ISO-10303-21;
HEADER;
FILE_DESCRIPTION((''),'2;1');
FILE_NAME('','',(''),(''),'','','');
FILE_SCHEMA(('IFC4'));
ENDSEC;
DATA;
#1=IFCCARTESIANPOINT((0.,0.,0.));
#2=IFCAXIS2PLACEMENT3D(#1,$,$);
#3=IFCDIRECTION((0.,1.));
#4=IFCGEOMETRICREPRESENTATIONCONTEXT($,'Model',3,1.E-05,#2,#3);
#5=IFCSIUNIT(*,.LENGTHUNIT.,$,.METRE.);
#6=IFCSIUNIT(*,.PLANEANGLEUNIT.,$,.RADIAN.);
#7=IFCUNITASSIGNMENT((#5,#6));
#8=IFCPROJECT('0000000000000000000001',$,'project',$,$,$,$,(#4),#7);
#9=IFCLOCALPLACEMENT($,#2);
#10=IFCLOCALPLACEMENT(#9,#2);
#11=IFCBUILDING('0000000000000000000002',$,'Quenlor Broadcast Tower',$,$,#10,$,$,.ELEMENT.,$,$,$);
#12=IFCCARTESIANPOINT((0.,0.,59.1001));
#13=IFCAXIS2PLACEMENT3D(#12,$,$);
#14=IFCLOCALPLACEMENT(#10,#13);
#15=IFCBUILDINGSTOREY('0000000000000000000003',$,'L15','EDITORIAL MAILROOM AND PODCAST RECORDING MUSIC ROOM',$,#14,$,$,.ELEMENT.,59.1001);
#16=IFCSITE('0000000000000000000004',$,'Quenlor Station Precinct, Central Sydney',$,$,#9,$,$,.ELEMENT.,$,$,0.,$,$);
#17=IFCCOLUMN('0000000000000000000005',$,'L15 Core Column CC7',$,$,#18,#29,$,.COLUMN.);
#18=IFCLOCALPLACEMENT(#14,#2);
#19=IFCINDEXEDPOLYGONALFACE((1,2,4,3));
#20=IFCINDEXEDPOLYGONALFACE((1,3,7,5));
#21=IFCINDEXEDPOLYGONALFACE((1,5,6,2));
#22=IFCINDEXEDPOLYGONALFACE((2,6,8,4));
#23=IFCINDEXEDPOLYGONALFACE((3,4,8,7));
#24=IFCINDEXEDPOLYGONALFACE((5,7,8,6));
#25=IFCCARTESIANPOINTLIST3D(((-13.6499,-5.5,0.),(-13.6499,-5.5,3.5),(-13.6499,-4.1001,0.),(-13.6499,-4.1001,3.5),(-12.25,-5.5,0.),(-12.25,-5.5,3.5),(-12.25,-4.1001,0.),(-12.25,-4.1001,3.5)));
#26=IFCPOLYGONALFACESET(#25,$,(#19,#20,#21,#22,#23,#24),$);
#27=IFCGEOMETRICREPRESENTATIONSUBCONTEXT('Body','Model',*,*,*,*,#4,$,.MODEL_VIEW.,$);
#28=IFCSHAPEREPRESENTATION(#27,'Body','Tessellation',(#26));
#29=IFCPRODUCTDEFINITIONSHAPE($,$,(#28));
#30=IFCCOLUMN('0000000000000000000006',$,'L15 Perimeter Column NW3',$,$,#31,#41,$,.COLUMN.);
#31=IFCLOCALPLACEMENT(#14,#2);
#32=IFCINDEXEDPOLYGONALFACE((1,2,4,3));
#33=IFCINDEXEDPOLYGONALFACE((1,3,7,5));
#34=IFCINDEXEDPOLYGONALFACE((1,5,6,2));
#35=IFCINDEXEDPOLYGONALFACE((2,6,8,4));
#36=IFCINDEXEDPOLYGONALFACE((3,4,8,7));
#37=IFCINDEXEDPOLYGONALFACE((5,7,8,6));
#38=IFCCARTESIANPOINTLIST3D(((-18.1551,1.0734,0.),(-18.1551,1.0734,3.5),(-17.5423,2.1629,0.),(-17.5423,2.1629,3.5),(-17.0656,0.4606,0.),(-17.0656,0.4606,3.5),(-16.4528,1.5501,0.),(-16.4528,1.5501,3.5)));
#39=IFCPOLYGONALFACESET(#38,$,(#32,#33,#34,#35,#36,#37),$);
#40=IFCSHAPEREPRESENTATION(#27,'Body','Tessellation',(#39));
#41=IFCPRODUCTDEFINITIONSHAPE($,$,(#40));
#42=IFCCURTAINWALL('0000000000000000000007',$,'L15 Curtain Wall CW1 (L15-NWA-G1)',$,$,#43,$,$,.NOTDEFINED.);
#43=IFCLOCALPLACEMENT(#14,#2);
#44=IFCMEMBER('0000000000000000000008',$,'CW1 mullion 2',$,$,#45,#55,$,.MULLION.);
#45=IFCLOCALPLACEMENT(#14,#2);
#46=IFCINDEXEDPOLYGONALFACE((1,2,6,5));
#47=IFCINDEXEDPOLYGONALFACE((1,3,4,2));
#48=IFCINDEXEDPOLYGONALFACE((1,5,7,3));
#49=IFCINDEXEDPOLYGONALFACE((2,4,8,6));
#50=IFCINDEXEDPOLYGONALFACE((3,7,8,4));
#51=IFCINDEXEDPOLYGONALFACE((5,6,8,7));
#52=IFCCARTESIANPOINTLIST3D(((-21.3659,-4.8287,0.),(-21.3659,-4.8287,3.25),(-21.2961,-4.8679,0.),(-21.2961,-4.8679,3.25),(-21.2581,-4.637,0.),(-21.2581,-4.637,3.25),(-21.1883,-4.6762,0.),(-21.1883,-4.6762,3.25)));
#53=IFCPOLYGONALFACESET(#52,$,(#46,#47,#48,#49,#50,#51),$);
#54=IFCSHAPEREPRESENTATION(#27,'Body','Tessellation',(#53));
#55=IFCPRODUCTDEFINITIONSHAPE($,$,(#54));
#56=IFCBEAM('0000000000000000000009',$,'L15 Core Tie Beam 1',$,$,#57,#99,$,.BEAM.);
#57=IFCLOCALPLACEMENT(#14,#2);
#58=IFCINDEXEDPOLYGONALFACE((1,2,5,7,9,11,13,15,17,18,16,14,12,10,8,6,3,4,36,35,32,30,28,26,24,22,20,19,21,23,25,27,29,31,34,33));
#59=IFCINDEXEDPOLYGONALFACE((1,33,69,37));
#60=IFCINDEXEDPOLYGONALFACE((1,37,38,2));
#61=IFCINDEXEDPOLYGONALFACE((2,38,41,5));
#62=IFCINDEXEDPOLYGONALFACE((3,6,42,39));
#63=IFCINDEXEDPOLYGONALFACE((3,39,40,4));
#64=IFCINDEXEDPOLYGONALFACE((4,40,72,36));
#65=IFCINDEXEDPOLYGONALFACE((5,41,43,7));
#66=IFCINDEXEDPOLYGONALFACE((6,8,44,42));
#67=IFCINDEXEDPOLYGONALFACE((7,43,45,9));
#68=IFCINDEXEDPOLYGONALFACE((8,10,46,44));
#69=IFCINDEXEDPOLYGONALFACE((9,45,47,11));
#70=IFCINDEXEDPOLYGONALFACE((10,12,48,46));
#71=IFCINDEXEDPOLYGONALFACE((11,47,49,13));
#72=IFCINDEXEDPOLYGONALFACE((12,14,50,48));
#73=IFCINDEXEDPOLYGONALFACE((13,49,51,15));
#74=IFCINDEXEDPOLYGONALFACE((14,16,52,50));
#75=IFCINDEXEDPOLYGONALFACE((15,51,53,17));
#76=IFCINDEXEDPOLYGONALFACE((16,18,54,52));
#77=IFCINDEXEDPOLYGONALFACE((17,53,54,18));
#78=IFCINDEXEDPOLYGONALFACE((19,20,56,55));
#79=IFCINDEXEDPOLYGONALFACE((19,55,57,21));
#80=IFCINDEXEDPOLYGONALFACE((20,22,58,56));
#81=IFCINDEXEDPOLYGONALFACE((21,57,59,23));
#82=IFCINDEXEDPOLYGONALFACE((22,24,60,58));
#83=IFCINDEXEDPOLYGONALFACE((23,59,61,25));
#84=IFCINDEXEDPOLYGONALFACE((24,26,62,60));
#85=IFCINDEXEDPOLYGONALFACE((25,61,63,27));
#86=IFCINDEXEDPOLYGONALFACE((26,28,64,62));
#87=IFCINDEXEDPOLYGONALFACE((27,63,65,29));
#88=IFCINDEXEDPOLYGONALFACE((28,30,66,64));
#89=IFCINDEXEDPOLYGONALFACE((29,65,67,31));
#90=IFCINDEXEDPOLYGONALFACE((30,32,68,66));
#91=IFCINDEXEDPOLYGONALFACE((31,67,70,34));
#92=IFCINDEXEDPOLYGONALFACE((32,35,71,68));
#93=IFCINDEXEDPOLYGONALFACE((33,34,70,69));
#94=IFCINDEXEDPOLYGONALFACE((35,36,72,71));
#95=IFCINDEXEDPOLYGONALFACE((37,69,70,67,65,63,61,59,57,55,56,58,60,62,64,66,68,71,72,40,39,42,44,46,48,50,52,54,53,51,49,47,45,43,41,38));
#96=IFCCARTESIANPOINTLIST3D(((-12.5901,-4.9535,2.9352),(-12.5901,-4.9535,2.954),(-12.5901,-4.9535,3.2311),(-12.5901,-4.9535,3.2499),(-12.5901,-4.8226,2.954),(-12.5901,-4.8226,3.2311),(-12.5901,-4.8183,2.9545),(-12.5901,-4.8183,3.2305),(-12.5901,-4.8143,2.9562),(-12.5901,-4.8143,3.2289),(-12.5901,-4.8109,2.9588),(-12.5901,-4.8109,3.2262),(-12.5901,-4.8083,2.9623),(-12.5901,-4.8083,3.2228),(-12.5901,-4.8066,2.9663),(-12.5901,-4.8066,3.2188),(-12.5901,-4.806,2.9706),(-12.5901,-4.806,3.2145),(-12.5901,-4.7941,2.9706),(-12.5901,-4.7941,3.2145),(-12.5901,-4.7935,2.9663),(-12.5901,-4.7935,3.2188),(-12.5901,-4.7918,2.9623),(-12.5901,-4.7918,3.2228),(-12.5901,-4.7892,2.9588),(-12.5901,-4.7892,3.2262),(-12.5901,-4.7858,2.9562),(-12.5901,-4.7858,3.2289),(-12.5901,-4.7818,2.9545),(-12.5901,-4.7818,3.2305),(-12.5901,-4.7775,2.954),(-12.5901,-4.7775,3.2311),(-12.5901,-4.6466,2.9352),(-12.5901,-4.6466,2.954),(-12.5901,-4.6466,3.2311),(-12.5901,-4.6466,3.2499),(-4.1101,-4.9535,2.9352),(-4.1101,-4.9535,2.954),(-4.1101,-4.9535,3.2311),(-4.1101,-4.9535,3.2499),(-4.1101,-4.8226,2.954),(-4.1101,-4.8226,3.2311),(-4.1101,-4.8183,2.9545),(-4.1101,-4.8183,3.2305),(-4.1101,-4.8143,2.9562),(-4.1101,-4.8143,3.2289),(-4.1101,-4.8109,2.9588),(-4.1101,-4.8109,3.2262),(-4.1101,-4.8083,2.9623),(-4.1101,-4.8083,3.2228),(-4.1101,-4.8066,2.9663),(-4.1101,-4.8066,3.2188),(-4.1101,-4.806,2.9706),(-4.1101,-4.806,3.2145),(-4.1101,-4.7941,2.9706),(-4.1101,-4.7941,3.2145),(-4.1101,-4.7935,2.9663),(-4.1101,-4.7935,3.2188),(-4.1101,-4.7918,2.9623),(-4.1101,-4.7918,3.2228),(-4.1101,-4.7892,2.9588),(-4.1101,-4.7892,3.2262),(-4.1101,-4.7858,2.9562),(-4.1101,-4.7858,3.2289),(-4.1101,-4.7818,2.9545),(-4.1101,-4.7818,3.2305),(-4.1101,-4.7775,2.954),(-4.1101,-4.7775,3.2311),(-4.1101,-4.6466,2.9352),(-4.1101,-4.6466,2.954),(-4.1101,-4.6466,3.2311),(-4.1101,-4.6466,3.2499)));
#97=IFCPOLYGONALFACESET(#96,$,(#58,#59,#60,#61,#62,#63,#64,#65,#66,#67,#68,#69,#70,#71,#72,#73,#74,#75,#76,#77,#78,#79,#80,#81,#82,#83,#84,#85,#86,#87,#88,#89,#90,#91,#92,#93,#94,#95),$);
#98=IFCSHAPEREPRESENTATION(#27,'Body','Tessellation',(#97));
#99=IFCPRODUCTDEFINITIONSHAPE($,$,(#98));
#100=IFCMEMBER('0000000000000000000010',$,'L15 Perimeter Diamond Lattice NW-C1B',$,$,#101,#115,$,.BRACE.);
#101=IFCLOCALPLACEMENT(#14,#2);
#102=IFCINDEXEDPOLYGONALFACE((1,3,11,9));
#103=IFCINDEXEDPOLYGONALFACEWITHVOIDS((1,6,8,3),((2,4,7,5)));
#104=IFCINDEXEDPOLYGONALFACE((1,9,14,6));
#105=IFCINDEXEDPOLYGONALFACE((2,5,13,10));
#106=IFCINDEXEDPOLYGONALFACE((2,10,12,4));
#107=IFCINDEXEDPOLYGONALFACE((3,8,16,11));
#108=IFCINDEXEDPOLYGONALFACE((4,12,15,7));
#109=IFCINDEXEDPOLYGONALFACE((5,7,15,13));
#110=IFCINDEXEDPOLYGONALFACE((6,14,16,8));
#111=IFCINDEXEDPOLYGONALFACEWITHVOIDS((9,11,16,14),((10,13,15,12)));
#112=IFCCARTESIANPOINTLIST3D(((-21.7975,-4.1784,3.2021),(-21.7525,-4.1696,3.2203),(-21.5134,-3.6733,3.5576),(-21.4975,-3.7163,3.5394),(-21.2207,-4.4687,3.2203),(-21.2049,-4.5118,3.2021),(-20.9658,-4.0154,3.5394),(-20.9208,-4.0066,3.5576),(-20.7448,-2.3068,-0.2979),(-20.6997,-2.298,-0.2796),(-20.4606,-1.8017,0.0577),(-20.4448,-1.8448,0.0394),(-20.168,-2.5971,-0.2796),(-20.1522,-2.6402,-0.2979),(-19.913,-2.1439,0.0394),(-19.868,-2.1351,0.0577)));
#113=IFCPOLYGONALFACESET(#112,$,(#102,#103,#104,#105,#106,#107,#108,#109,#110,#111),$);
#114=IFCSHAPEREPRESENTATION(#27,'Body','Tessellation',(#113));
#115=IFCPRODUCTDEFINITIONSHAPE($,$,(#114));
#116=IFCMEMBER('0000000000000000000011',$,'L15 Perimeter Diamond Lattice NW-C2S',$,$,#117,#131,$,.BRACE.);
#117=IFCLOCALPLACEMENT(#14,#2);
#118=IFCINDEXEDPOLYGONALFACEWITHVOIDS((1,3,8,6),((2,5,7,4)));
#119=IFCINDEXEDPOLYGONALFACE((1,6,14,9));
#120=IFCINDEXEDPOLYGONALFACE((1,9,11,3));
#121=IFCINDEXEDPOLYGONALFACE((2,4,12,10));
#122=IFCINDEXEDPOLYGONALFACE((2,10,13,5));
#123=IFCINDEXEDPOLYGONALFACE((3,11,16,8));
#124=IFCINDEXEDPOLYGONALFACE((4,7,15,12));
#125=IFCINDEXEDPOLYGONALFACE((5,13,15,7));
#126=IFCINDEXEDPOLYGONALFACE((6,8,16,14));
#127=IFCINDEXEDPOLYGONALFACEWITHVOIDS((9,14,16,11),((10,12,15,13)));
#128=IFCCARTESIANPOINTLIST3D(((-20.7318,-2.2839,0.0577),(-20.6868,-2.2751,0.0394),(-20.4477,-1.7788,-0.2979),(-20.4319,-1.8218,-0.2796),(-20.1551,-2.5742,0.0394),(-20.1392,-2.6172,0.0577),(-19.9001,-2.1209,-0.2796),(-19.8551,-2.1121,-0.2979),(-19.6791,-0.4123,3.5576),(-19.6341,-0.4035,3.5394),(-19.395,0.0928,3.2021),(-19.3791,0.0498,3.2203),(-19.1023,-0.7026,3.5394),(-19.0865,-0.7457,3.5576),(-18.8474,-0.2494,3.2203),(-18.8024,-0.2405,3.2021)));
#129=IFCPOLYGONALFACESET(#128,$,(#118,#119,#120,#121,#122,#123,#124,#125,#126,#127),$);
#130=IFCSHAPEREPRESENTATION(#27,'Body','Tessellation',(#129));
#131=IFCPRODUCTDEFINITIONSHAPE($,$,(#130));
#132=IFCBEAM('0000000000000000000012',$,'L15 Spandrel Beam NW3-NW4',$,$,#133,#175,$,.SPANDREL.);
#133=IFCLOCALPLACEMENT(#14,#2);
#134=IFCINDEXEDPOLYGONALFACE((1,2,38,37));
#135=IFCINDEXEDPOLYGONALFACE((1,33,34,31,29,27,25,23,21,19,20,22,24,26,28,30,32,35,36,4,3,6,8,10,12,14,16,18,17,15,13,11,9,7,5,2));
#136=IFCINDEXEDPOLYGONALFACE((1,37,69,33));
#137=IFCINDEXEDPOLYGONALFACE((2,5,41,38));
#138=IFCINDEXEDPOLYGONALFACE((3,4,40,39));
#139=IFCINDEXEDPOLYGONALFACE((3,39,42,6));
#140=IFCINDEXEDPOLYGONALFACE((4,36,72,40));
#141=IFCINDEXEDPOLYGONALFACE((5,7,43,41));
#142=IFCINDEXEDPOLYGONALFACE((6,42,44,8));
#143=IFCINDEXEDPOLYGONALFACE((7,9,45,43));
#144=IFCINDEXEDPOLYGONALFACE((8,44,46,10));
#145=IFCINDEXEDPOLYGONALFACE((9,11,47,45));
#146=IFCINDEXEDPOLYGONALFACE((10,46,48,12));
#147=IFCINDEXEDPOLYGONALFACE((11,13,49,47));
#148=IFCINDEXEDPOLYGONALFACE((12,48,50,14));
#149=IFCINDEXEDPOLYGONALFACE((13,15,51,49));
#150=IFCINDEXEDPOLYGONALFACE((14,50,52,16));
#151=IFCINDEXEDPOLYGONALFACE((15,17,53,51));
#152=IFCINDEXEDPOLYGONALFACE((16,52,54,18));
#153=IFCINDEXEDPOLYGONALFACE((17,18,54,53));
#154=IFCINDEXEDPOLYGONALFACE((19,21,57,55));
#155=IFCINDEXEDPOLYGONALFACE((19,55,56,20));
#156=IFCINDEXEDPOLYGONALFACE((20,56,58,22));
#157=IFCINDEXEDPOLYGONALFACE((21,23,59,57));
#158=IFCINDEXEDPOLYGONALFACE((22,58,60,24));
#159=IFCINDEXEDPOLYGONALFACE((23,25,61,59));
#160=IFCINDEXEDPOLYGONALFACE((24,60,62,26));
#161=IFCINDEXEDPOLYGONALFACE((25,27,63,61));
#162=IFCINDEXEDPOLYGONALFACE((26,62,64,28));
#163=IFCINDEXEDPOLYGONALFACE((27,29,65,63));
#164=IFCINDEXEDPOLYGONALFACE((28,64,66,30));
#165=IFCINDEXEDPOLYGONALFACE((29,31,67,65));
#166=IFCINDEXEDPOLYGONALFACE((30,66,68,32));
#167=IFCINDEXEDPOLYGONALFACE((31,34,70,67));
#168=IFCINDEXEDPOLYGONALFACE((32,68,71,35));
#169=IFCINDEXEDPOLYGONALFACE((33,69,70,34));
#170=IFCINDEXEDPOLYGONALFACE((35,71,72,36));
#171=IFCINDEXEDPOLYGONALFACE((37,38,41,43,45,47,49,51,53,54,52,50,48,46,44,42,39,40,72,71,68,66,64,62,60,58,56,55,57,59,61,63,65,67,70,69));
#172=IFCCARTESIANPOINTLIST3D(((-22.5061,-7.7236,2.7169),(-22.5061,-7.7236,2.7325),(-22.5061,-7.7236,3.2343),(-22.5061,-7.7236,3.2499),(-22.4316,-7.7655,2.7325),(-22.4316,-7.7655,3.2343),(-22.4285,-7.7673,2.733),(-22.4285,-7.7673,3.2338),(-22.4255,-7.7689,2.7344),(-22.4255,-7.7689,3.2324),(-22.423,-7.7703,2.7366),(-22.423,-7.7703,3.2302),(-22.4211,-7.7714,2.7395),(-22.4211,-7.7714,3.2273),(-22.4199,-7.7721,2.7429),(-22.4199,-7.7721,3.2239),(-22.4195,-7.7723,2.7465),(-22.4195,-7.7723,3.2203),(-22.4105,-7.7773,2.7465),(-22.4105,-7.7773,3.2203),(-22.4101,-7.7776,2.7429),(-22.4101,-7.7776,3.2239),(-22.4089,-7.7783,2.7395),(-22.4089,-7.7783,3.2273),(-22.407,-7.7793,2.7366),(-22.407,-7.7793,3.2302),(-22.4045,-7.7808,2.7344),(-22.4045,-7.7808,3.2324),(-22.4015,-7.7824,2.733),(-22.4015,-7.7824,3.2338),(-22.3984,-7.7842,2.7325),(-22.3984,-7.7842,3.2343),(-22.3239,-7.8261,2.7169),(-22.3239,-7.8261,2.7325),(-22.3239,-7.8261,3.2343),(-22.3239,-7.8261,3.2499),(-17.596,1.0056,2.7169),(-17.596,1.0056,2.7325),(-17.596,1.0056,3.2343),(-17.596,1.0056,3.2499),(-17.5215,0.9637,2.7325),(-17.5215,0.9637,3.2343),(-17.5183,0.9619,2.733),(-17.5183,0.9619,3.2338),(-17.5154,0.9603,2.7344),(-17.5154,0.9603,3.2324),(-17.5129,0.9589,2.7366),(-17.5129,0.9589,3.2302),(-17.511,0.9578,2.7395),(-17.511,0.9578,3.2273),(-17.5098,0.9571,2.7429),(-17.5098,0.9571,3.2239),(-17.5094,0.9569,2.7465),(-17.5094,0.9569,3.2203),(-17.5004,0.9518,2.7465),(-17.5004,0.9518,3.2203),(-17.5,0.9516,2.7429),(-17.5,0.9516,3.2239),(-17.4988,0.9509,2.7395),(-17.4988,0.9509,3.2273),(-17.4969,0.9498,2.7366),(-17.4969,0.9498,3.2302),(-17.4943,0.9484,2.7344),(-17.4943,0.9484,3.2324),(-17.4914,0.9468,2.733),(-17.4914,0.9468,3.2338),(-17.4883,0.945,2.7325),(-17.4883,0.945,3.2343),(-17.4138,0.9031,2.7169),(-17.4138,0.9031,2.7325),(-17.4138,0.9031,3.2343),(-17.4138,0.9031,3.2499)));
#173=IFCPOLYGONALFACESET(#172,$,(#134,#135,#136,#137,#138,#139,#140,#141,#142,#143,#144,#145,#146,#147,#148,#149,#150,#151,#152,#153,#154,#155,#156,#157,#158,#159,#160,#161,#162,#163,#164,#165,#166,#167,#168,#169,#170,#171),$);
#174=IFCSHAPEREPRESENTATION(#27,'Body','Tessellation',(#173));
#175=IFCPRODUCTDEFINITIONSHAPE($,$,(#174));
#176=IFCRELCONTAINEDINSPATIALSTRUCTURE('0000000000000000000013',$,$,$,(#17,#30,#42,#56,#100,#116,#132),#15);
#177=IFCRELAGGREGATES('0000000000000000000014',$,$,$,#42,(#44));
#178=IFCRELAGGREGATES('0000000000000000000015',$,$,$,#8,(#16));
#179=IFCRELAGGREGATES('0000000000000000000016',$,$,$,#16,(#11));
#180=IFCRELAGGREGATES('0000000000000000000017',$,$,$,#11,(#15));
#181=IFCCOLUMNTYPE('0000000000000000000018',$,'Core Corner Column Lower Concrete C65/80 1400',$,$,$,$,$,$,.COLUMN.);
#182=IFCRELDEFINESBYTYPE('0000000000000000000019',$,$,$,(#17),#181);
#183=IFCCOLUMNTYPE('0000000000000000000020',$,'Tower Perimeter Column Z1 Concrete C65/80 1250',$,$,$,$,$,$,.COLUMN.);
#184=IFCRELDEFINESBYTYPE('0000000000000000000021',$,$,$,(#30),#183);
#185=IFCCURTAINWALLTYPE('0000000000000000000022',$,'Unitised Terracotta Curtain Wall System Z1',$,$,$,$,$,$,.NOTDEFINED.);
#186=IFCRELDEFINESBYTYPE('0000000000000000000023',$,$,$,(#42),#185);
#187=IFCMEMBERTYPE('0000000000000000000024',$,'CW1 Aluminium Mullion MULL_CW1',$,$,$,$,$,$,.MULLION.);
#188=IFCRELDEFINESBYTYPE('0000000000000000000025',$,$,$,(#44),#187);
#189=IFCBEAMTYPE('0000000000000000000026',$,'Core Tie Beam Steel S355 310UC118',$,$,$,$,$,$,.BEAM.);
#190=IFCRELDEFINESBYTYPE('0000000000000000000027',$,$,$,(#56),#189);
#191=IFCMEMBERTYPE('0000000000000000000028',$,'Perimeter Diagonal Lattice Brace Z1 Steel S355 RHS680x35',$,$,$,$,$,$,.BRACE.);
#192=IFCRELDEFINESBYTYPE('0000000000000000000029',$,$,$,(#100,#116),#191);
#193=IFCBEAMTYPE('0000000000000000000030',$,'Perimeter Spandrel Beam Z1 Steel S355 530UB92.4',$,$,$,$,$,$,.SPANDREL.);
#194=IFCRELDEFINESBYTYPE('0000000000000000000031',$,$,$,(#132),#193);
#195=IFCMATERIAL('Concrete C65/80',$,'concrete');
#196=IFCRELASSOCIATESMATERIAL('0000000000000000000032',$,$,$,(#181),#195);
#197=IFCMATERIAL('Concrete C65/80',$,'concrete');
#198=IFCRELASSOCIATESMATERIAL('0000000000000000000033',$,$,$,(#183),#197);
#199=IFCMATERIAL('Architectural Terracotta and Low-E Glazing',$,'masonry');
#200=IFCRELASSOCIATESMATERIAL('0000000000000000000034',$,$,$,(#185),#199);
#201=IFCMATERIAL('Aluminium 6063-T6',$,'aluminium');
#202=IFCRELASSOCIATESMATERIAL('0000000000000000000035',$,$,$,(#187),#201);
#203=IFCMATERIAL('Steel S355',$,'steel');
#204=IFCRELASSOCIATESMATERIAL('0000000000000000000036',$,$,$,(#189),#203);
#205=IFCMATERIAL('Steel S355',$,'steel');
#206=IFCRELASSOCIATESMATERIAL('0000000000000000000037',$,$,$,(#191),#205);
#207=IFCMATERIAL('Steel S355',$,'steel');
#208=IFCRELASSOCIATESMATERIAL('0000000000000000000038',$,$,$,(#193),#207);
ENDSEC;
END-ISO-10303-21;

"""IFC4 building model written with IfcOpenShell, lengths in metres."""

from ifc_helpers import new_model, si_unit, direction, frame, origin, origin_2d, place, context, subcontext, project, spatial, rectangle, hollow_rectangle, i_section, extrude, material, material_profile, profile_set, type_object, element, aggregate, save


model = new_model("IFC4")

# Units and contexts
model_context = context("Model", 3, precision=1e-05, world=origin(), true_north=direction((0.0, 1.0)))
body_context = subcontext(model_context, "Body", "Model", "MODEL_VIEW")
ifc_project = project(units=[si_unit("LENGTHUNIT", "METRE"), si_unit("PLANEANGLEUNIT", "RADIAN")], contexts=[model_context])

# Site, building, storey
site_placement = place(None, origin())
site = spatial("IfcSite", under=ifc_project, at=site_placement, Name="Quenlor Station Precinct, Central Sydney", CompositionType="ELEMENT", RefElevation=0.0)
building_placement = place(site_placement, origin())
building = spatial("IfcBuilding", under=site, at=building_placement, Name="Quenlor Broadcast Tower", CompositionType="ELEMENT")
storey_placement = place(building_placement, frame((0.0, 0.0, 59.1001)))
storey = spatial("IfcBuildingStorey", under=building, at=storey_placement, Name="L15", Description="EDITORIAL MAILROOM AND PODCAST RECORDING MUSIC ROOM", CompositionType="ELEMENT", Elevation=59.1001)

# Columns
ifc_material_1 = material(Name="Concrete C65/80", Category="concrete")
ifc_material_profile_1 = material_profile(ifc_material_1, rectangle(XDim=1.3999, YDim=1.3999, at=origin_2d()))
ifc_profile_set_1 = profile_set([ifc_material_profile_1], Name="Concrete C65/80 RC1400x1400")
column_type_1 = type_object("IfcColumnType", Name="Core Corner Column Lower Concrete C65/80 1400", PredefinedType="COLUMN", material=ifc_profile_set_1)
column_1_placement = place(storey_placement, frame((-12.95, -4.8, 0.0), z_axis=(0.0, 0.0, 1.0), x_axis=(1.0, 0.0, 0.0)))
element("IfcColumn", 1, at=column_1_placement, inside=storey, type_object=column_type_1, Name="L15 Core Column CC7", PredefinedType="COLUMN", context=body_context, shape_type="SweptSolid", body=[
    extrude(rectangle(XDim=1.3999, YDim=1.3999, at=origin_2d()), origin(), (0.0, 0.0, 1.0), 3.5),
])
ifc_material_2 = material(Name="Concrete C65/80", Category="concrete")
ifc_material_profile_2 = material_profile(ifc_material_2, rectangle(XDim=1.25, YDim=1.25, at=origin_2d()))
ifc_profile_set_2 = profile_set([ifc_material_profile_2], Name="Concrete C65/80 RC1250x1250")
column_type_2 = type_object("IfcColumnType", Name="Tower Perimeter Column Z1 Concrete C65/80 1250", PredefinedType="COLUMN", material=ifc_profile_set_2)
column_2_placement = place(storey_placement, frame((-17.304, 1.3118, 0.0), z_axis=(0.0, 0.0, 1.0), x_axis=(-0.871575, 0.490262, 0.0)))
element("IfcColumn", 2, at=column_2_placement, inside=storey, type_object=column_type_2, Name="L15 Perimeter Column NW3", PredefinedType="COLUMN", context=body_context, shape_type="SweptSolid", body=[
    extrude(rectangle(XDim=1.25, YDim=1.25, at=origin_2d()), origin(), (0.0, 0.0, 1.0), 3.5),
])

# Curtain wall, member
ifc_material_3 = material(Name="Architectural Terracotta and Low-E Glazing", Category="masonry")
curtain_wall_type = type_object("IfcCurtainWallType", Name="Unitised Terracotta Curtain Wall System Z1", PredefinedType="NOTDEFINED", material=ifc_material_3)
curtain_wall_placement = place(storey_placement, origin())
curtain_wall = element("IfcCurtainWall", 3, at=curtain_wall_placement, inside=storey, type_object=curtain_wall_type, Name="L15 Curtain Wall CW1 (L15-NWA-G1)", PredefinedType="NOTDEFINED")
ifc_material_4 = material(Name="Aluminium 6063-T6", Category="aluminium")
ifc_material_profile_3 = material_profile(ifc_material_4, rectangle(XDim=0.0801, YDim=0.22, at=origin_2d()))
ifc_profile_set_3 = profile_set([ifc_material_profile_3], Name="Aluminium 6063-T6 MULL80x220")
member_type_1 = type_object("IfcMemberType", Name="CW1 Aluminium Mullion MULL_CW1", PredefinedType="MULLION", material=ifc_profile_set_3)
member_placement = place(storey_placement, frame((-21.2771, -4.7524, 0.0), z_axis=(0.0, 0.0, 1.0), x_axis=(-0.871567, 0.490277, 0.0)))
member = element("IfcMember", 4, at=member_placement, type_object=member_type_1, Name="CW1 mullion 2", PredefinedType="MULLION", context=body_context, shape_type="SweptSolid", body=[
    extrude(rectangle(XDim=0.0801, YDim=0.22, at=origin_2d()), origin(), (0.0, 0.0, 1.0), 3.25),
])
aggregate(curtain_wall, [member])

# Beam
ifc_material_5 = material(Name="Steel S355", Category="steel")
ifc_material_profile_4 = material_profile(ifc_material_5, i_section(OverallWidth=0.3069, OverallDepth=0.3147, WebThickness=0.012, FlangeThickness=0.0188, FilletRadius=0.0166, at=origin_2d()))
ifc_profile_set_4 = profile_set([ifc_material_profile_4], Name="Steel S355 310UC118")
beam_type_1 = type_object("IfcBeamType", Name="Core Tie Beam Steel S355 310UC118", PredefinedType="BEAM", material=ifc_profile_set_4)
beam_1_placement = place(storey_placement, frame((-12.5901, -4.8, 3.0925), z_axis=(1.0, 0.0, 0.0), x_axis=(0.0, 1.0, 0.0)))
element("IfcBeam", 5, at=beam_1_placement, inside=storey, type_object=beam_type_1, Name="L15 Core Tie Beam 1", PredefinedType="BEAM", context=body_context, shape_type="SweptSolid", body=[
    extrude(i_section(OverallWidth=0.3069, OverallDepth=0.3147, WebThickness=0.012, FlangeThickness=0.0188, FilletRadius=0.0166, at=origin_2d()), origin(), (0.0, 0.0, 1.0), 8.48),
])

# Members
ifc_material_6 = material(Name="Steel S355", Category="steel")
ifc_material_profile_5 = material_profile(ifc_material_6, hollow_rectangle(XDim=0.6799, YDim=0.6799, WallThickness=0.0349, at=origin_2d()))
ifc_profile_set_5 = profile_set([ifc_material_profile_5], Name="Steel S355 RHS680x680x35")
member_type_2 = type_object("IfcMemberType", Name="Perimeter Diagonal Lattice Brace Z1 Steel S355 RHS680x35", PredefinedType="BRACE", material=ifc_profile_set_5)
for number, where, z_axis, x_axis, name in (
    (6, (-20.3064, -2.2209, -0.1201), (-0.256375, -0.455792, 0.852365), (0.871582, -0.49025, 0.0), "L15 Perimeter Diamond Lattice NW-C1B"),
    (7, (-20.2935, -2.198, -0.1201), (0.256375, 0.455792, 0.852365), (-0.871582, 0.49025, 0.0), "L15 Perimeter Diamond Lattice NW-C2S"),
):
    element("IfcMember", number, at=place(storey_placement, frame(where, z_axis=z_axis, x_axis=x_axis)), inside=storey, type_object=member_type_2, Name=name, PredefinedType="BRACE", context=body_context, shape_type="SweptSolid", body=[
        extrude(hollow_rectangle(XDim=0.6799, YDim=0.6799, WallThickness=0.0349, at=origin_2d()), origin(), (0.0, 0.0, 1.0), 4.1062),
    ])

# Beam
ifc_material_7 = material(Name="Steel S355", Category="steel")
ifc_material_profile_6 = material_profile(ifc_material_7, i_section(OverallWidth=0.209, OverallDepth=0.533, WebThickness=0.0103, FlangeThickness=0.0156, FilletRadius=0.0139, at=origin_2d()))
ifc_profile_set_6 = profile_set([ifc_material_profile_6], Name="Steel S355 530UB92.4")
beam_type_2 = type_object("IfcBeamType", Name="Perimeter Spandrel Beam Z1 Steel S355 530UB92.4", PredefinedType="SPANDREL", material=ifc_profile_set_6)
beam_2_placement = place(storey_placement, frame((-17.5049, 0.9543, 2.9834), z_axis=(-0.490258, -0.871577, 0.0), x_axis=(0.871577, -0.490258, 0.0)))
element("IfcBeam", 8, at=beam_2_placement, inside=storey, type_object=beam_type_2, Name="L15 Spandrel Beam NW3-NW4", PredefinedType="SPANDREL", context=body_context, shape_type="SweptSolid", body=[
    extrude(i_section(OverallWidth=0.209, OverallDepth=0.533, WebThickness=0.0103, FlangeThickness=0.0156, FilletRadius=0.0139, at=origin_2d()), origin(), (0.0, 0.0, 1.0), 10.0154),
])

save(model, "model.ifc")
